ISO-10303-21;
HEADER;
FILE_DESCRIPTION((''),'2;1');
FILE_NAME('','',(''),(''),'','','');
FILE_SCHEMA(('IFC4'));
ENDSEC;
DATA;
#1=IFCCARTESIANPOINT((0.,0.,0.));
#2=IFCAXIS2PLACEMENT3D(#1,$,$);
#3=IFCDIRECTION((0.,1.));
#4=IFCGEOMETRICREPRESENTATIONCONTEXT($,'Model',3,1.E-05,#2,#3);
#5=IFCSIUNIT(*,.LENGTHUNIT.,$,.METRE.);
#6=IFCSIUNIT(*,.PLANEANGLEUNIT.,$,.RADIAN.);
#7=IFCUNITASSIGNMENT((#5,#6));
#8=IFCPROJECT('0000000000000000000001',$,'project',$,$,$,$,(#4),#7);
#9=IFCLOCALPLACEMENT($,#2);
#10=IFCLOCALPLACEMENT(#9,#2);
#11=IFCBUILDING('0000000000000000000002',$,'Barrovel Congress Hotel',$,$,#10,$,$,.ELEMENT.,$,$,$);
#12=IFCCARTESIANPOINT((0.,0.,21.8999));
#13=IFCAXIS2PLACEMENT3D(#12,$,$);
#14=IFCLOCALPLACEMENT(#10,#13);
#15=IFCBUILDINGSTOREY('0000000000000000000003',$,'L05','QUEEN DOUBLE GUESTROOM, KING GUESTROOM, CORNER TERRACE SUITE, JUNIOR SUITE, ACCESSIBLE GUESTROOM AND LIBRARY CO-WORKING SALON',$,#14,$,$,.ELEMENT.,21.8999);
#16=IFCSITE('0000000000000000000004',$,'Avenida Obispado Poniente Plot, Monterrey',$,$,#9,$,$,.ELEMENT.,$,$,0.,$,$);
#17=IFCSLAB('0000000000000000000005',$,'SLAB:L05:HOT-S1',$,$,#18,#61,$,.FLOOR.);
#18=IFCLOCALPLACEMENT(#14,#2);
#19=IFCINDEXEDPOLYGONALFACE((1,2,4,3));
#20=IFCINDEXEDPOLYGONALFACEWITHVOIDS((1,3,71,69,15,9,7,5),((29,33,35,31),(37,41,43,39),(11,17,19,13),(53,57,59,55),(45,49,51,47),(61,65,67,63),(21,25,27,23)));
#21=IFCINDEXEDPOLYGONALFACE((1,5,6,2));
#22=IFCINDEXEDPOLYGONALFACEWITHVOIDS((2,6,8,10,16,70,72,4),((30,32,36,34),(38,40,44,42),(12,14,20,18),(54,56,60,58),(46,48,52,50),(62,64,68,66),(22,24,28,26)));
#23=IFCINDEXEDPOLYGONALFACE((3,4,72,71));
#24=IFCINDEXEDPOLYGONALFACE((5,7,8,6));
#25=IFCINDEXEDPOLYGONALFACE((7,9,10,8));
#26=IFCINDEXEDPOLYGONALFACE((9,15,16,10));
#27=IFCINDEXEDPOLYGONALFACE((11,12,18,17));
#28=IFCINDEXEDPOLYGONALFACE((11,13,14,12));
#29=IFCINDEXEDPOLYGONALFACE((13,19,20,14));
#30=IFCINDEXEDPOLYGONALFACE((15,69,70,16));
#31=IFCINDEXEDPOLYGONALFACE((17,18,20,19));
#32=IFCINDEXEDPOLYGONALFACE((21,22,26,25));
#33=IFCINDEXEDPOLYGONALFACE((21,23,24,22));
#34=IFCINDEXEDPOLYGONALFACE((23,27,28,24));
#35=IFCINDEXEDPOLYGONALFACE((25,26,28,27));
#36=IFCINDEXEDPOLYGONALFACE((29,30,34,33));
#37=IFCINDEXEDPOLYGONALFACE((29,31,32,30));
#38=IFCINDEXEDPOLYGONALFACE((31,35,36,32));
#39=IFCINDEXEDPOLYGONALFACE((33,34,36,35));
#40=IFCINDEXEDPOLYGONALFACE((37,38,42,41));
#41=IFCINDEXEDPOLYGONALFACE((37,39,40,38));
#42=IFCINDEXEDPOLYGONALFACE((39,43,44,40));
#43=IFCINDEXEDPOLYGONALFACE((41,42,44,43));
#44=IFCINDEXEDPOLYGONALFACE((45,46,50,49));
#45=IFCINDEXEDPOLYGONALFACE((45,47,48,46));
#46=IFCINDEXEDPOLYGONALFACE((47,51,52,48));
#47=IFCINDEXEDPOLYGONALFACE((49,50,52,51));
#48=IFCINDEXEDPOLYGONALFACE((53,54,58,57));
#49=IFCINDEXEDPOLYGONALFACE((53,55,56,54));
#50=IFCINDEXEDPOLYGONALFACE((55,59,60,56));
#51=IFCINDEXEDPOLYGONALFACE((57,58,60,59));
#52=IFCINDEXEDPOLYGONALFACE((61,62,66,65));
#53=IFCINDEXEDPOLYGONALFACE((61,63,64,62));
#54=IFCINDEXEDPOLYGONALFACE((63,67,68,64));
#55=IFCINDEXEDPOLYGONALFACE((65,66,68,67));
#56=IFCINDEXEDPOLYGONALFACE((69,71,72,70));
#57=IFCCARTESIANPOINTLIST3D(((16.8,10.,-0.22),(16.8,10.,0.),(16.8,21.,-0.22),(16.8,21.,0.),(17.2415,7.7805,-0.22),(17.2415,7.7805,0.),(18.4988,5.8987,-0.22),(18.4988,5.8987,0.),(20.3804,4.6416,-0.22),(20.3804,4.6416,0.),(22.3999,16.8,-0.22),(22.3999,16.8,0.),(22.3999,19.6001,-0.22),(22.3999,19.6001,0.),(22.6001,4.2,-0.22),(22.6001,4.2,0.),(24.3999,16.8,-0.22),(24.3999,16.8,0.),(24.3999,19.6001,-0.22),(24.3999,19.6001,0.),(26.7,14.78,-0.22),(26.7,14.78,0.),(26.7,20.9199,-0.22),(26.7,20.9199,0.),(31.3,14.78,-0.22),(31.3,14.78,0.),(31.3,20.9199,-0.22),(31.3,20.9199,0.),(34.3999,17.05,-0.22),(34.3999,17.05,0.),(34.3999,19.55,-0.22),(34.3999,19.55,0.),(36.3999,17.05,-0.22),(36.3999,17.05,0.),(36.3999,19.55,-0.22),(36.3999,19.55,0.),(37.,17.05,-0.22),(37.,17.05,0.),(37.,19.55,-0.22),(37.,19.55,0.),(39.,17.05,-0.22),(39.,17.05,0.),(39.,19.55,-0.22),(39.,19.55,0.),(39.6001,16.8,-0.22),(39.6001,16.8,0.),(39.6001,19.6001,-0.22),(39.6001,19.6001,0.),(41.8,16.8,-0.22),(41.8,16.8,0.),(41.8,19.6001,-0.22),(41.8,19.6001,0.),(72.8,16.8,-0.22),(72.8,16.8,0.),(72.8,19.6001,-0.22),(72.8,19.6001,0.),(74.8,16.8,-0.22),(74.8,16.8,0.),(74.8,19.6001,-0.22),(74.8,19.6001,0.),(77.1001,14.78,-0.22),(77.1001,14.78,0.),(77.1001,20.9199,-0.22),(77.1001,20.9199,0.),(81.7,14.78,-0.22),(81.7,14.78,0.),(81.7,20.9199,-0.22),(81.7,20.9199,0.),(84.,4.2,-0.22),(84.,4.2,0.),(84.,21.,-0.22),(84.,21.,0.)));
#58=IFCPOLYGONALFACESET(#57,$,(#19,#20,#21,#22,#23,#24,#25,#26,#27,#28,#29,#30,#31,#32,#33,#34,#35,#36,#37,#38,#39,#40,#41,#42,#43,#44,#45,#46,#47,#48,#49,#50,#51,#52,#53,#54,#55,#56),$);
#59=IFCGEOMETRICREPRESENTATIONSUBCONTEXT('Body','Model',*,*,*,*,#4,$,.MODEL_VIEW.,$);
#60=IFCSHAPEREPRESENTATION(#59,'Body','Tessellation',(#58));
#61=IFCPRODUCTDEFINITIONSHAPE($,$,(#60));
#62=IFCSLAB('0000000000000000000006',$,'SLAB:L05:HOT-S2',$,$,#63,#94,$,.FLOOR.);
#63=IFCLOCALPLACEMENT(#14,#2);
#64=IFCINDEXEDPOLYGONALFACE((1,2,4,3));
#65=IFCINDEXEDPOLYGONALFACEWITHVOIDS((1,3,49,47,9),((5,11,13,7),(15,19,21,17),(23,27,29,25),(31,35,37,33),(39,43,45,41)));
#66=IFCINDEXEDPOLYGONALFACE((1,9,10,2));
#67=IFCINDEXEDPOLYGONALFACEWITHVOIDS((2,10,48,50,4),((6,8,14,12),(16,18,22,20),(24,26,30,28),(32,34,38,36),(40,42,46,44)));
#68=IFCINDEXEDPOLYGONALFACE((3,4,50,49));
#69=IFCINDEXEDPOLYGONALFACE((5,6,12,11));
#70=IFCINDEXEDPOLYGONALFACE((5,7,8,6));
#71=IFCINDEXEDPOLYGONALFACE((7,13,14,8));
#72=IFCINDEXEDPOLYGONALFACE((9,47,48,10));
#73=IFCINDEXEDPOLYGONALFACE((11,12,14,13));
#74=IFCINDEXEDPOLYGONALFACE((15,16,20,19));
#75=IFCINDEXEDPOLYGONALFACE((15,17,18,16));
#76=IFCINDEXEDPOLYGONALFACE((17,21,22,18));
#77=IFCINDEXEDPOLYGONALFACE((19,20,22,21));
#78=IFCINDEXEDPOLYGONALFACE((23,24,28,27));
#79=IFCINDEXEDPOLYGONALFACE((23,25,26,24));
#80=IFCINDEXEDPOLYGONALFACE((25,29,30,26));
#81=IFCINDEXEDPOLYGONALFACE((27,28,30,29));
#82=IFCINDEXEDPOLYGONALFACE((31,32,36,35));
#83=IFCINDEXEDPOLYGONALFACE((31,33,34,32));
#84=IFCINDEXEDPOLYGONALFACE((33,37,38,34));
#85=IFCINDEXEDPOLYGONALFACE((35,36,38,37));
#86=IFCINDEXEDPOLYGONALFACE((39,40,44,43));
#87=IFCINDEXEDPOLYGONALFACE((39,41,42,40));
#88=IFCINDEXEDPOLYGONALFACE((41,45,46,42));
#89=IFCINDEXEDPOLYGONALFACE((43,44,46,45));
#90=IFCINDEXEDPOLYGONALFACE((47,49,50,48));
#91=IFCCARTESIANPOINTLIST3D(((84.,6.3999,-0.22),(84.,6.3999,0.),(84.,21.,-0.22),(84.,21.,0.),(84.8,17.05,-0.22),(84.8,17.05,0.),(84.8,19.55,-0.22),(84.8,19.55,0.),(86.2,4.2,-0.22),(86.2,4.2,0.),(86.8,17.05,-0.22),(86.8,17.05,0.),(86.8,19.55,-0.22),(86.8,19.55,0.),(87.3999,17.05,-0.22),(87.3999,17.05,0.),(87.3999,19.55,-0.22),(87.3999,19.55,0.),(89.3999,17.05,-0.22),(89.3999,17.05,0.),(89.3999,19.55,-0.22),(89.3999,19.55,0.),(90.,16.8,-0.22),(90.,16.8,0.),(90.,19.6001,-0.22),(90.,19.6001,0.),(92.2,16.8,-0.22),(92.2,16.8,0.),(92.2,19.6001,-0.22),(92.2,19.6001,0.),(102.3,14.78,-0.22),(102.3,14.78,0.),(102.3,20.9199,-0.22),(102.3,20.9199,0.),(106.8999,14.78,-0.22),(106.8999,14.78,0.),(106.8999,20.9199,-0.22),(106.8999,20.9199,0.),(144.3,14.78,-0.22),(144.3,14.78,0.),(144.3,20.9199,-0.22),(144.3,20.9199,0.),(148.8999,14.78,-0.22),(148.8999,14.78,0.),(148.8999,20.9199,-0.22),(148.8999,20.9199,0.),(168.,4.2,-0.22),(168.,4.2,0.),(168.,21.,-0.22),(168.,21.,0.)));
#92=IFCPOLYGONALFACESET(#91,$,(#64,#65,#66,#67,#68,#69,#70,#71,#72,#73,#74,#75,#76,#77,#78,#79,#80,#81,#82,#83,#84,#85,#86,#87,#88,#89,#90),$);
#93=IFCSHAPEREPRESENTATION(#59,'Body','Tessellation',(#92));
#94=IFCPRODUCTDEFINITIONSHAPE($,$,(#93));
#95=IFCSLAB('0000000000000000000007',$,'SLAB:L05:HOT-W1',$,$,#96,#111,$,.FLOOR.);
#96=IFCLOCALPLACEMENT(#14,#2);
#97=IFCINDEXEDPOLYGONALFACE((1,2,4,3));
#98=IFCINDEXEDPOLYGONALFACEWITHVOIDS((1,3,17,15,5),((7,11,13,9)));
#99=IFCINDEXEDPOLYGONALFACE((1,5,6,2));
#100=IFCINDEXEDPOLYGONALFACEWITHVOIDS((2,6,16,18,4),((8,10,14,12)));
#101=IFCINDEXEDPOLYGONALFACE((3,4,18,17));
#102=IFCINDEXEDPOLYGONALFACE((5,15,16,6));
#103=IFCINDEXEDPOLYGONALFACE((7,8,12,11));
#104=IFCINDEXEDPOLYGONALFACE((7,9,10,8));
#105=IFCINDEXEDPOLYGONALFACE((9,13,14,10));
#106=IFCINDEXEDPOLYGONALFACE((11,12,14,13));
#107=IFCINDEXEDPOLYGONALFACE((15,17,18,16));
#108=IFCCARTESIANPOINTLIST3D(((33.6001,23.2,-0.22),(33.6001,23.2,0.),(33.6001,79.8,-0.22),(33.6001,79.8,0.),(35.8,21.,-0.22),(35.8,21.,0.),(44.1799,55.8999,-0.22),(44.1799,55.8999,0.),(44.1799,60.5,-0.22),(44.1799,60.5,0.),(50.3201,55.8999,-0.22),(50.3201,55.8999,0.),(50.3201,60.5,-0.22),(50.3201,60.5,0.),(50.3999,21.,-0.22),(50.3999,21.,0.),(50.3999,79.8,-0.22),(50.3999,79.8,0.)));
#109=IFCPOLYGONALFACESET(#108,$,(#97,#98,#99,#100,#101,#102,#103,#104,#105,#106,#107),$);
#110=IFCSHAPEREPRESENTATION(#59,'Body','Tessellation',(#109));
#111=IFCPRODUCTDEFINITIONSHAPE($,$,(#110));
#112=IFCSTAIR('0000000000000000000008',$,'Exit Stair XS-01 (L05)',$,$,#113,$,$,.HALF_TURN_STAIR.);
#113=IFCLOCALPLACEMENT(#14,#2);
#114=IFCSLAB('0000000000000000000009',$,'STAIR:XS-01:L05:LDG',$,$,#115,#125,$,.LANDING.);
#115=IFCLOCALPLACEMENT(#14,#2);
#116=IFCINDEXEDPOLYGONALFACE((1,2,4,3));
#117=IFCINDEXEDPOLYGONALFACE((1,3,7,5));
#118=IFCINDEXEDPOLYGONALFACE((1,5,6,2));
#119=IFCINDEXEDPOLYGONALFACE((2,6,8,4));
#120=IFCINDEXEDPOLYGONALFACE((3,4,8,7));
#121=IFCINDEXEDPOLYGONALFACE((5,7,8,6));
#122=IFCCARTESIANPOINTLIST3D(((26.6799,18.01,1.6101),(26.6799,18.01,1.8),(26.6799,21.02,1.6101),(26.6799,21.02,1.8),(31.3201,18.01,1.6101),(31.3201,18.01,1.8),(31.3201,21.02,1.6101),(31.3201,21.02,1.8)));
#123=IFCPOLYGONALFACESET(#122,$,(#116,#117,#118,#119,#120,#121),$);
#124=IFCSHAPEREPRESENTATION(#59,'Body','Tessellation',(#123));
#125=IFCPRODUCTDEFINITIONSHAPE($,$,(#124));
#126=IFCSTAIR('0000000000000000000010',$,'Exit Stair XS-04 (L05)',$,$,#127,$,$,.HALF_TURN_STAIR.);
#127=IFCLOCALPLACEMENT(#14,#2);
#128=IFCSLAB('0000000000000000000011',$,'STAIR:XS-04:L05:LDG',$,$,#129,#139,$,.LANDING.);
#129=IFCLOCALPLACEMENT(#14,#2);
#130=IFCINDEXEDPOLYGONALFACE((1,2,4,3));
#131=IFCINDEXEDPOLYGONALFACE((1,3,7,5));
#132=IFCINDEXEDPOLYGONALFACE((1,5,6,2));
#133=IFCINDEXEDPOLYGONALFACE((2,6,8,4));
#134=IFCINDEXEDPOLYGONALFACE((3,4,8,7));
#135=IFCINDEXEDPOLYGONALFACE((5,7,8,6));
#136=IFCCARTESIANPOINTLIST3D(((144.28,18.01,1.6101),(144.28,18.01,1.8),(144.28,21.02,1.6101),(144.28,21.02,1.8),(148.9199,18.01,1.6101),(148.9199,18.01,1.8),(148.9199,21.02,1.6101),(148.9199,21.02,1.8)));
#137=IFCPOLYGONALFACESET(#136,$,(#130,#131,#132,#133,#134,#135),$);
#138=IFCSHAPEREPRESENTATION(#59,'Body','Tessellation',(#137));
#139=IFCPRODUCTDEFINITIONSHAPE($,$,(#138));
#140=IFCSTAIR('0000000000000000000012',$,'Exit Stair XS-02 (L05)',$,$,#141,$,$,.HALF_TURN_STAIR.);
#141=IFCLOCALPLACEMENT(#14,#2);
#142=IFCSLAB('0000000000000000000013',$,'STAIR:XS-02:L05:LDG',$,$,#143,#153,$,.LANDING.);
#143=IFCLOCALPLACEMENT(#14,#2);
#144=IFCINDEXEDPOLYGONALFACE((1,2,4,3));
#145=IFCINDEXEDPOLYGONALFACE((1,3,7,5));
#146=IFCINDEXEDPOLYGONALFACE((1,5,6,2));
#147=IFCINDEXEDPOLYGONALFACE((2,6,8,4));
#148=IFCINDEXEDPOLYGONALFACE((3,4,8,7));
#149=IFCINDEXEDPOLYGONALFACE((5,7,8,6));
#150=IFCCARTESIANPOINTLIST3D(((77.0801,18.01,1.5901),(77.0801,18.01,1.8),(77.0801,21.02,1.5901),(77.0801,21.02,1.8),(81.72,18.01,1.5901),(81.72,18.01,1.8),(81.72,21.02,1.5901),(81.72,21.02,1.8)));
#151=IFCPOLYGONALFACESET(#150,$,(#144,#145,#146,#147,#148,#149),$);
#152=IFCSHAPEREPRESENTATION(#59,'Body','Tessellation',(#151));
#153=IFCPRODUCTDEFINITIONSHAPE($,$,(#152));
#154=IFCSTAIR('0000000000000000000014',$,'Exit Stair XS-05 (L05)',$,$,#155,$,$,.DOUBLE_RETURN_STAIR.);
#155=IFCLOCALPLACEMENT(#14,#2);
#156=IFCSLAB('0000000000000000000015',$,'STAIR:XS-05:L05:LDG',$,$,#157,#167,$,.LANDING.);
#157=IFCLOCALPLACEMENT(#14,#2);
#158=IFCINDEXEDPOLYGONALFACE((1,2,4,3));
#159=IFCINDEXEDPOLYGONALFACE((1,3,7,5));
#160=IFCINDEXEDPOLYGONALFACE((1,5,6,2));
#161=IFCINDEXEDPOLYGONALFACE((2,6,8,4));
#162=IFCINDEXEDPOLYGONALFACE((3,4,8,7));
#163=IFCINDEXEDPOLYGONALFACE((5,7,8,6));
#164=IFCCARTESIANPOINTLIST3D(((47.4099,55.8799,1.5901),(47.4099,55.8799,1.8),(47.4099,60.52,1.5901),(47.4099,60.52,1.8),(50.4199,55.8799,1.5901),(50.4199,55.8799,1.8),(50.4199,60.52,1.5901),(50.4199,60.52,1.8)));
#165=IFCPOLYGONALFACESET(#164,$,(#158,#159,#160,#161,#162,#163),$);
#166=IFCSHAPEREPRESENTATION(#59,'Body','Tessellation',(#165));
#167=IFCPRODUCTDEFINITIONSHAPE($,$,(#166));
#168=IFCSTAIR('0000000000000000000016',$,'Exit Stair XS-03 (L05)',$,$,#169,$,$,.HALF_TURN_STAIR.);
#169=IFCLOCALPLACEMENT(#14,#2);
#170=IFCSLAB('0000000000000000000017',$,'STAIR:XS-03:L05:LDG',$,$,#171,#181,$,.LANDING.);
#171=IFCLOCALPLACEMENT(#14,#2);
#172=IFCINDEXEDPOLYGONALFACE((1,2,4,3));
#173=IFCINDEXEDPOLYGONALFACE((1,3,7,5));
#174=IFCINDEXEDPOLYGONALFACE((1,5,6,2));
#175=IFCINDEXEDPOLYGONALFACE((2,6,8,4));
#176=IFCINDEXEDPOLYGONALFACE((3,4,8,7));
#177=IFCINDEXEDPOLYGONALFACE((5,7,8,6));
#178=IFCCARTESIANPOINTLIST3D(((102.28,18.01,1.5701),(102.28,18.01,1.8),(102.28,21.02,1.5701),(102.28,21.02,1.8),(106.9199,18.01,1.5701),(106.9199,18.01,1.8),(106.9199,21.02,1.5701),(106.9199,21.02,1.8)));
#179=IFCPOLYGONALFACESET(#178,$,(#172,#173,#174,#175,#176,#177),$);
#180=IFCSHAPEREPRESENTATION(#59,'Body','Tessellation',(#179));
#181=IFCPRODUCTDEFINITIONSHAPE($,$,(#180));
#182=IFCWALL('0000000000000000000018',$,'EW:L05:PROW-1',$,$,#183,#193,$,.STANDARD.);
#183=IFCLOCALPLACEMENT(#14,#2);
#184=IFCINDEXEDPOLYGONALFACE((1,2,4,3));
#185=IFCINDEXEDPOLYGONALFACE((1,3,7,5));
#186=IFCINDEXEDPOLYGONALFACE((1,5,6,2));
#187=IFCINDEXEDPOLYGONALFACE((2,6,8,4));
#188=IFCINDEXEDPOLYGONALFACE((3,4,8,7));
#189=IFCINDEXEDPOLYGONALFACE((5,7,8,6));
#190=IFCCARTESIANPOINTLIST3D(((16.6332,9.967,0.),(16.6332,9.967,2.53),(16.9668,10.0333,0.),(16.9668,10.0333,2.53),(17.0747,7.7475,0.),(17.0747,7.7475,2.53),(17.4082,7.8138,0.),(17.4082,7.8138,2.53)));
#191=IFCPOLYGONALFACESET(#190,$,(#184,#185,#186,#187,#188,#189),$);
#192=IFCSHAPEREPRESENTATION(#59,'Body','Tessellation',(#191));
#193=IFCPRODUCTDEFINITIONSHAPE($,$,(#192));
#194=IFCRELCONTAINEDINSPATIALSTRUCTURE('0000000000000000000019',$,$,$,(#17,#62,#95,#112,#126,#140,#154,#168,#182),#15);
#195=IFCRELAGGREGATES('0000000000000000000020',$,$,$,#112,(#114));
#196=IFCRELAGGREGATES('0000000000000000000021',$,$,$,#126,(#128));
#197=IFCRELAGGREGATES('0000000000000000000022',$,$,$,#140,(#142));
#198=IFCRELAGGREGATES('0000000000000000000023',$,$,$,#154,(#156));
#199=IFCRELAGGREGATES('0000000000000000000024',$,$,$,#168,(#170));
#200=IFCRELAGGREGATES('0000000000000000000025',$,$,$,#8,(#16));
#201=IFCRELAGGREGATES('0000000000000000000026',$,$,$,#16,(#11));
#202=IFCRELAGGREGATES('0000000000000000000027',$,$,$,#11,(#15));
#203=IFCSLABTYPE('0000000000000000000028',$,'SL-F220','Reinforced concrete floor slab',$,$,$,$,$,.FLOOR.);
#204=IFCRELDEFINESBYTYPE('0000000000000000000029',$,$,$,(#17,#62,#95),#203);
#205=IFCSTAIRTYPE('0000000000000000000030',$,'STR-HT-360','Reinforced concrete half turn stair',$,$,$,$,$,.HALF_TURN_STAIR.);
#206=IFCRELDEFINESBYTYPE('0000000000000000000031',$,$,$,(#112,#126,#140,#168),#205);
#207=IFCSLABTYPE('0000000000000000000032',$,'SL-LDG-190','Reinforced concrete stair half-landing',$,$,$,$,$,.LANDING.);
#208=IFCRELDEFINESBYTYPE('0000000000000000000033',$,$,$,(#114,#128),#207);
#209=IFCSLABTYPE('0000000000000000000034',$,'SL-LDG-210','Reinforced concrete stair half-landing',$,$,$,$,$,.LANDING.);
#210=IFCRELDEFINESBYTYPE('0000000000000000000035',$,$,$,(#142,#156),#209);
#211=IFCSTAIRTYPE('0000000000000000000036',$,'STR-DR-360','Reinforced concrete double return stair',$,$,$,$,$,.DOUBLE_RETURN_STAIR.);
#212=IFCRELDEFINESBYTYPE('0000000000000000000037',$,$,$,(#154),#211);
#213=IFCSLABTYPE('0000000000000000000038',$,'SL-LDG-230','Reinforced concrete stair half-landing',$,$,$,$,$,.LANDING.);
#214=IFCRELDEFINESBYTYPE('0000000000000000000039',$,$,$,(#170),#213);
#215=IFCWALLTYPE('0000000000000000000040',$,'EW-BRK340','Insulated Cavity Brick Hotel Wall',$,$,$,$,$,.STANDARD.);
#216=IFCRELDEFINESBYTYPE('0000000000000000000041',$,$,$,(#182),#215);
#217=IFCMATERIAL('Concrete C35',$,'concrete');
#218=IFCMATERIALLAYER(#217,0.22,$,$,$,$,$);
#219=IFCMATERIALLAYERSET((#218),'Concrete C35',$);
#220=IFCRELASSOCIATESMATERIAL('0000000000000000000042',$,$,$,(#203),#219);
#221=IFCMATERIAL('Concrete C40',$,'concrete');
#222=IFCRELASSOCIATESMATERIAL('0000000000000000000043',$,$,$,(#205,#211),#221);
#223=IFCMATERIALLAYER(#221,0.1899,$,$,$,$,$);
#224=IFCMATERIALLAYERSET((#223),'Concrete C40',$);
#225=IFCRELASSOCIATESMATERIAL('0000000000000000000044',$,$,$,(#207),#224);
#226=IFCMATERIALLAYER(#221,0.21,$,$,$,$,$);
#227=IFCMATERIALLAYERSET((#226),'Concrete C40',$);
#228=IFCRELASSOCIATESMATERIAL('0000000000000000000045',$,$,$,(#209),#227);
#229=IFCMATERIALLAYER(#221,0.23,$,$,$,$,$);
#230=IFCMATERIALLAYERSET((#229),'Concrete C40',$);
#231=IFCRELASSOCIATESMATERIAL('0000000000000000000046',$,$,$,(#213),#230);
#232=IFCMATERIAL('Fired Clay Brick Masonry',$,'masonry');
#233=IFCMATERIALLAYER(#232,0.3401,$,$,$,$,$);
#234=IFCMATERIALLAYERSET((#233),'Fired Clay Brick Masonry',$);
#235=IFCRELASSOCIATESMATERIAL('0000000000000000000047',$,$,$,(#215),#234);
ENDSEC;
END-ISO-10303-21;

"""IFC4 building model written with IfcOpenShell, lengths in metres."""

from ifc_helpers import new_model, si_unit, direction, frame, frame_2d, origin, place, context, subcontext, project, spatial, polyline, rectangle, outline, extrude, material, layer, layer_set, type_object, element, aggregate, save


model = new_model("IFC4")

# Units and contexts
model_context = context("Model", 3, precision=1e-05, world=origin(), true_north=direction((0.0, 1.0)))
body_context = subcontext(model_context, "Body", "Model", "MODEL_VIEW")
ifc_project = project(units=[si_unit("LENGTHUNIT", "METRE"), si_unit("PLANEANGLEUNIT", "RADIAN")], contexts=[model_context])

# Site, building, storey
site_placement = place(None, origin())
site = spatial("IfcSite", under=ifc_project, at=site_placement, Name="Avenida Obispado Poniente Plot, Monterrey", CompositionType="ELEMENT", RefElevation=0.0)
building_placement = place(site_placement, origin())
building = spatial("IfcBuilding", under=site, at=building_placement, Name="Barrovel Congress Hotel", CompositionType="ELEMENT")
storey_placement = place(building_placement, frame((0.0, 0.0, 21.8999)))
storey = spatial("IfcBuildingStorey", under=building, at=storey_placement, Name="L05", Description="QUEEN DOUBLE GUESTROOM, KING GUESTROOM, CORNER TERRACE SUITE, JUNIOR SUITE, ACCESSIBLE GUESTROOM AND LIBRARY CO-WORKING SALON", CompositionType="ELEMENT", Elevation=21.8999)

# Shared definitions
ifc_material_1 = material(Name="Concrete C40", Category="concrete")

# Slabs
ifc_material_2 = material(Name="Concrete C35", Category="concrete")
ifc_layer_1 = layer(ifc_material_2, 0.22)
ifc_layer_set_1 = layer_set([ifc_layer_1], Name="Concrete C35")
slab_type_1 = type_object("IfcSlabType", Name="SL-F220", Description="Reinforced concrete floor slab", PredefinedType="FLOOR", material=ifc_layer_set_1)
slab_1_placement = place(storey_placement, frame((0.0, 0.0, -0.22)))
element("IfcSlab", 1, at=slab_1_placement, inside=storey, type_object=slab_type_1, Name="SLAB:L05:HOT-S1", PredefinedType="FLOOR", context=body_context, shape_type="SweptSolid", body=[
    extrude(outline(polyline([(16.8, 10.0), (17.2415, 7.7805), (18.4988, 5.8987), (20.3804, 4.6416), (22.6001, 4.2), (84.0, 4.2), (84.0, 21.0), (16.8, 21.0), (16.8, 10.0)]), holes=[polyline([(26.7, 14.78), (26.7, 20.9199), (31.3, 20.9199), (31.3, 14.78), (26.7, 14.78)]), polyline([(77.1001, 14.78), (77.1001, 20.9199), (81.7, 20.9199), (81.7, 14.78), (77.1001, 14.78)]), polyline([(22.3999, 16.8), (22.3999, 19.6001), (24.3999, 19.6001), (24.3999, 16.8), (22.3999, 16.8)]), polyline([(72.8, 16.8), (72.8, 19.6001), (74.8, 19.6001), (74.8, 16.8), (72.8, 16.8)]), polyline([(34.3999, 17.05), (34.3999, 19.55), (36.3999, 19.55), (36.3999, 17.05), (34.3999, 17.05)]), polyline([(37.0, 17.05), (37.0, 19.55), (39.0, 19.55), (39.0, 17.05), (37.0, 17.05)]), polyline([(39.6001, 16.8), (39.6001, 19.6001), (41.8, 19.6001), (41.8, 16.8), (39.6001, 16.8)])]), origin(), (0.0, 0.0, 1.0), 0.22),
])
slab_2_placement = place(storey_placement, frame((0.0, 0.0, -0.22)))
element("IfcSlab", 2, at=slab_2_placement, inside=storey, type_object=slab_type_1, Name="SLAB:L05:HOT-S2", PredefinedType="FLOOR", context=body_context, shape_type="SweptSolid", body=[
    extrude(outline(polyline([(86.2, 4.2), (168.0, 4.2), (168.0, 21.0), (84.0, 21.0), (84.0, 6.3999), (86.2, 4.2)]), holes=[polyline([(102.3, 14.78), (102.3, 20.9199), (106.8999, 20.9199), (106.8999, 14.78), (102.3, 14.78)]), polyline([(144.3, 14.78), (144.3, 20.9199), (148.8999, 20.9199), (148.8999, 14.78), (144.3, 14.78)]), polyline([(84.8, 17.05), (84.8, 19.55), (86.8, 19.55), (86.8, 17.05), (84.8, 17.05)]), polyline([(87.3999, 17.05), (87.3999, 19.55), (89.3999, 19.55), (89.3999, 17.05), (87.3999, 17.05)]), polyline([(90.0, 16.8), (90.0, 19.6001), (92.2, 19.6001), (92.2, 16.8), (90.0, 16.8)])]), origin(), (0.0, 0.0, 1.0), 0.22),
])
slab_3_placement = place(storey_placement, frame((0.0, 0.0, -0.22)))
element("IfcSlab", 3, at=slab_3_placement, inside=storey, type_object=slab_type_1, Name="SLAB:L05:HOT-W1", PredefinedType="FLOOR", context=body_context, shape_type="SweptSolid", body=[
    extrude(outline(polyline([(35.8, 21.0), (50.3999, 21.0), (50.3999, 79.8), (33.6001, 79.8), (33.6001, 23.2), (35.8, 21.0)]), holes=[polyline([(44.1799, 55.8999), (44.1799, 60.5), (50.3201, 60.5), (50.3201, 55.8999), (44.1799, 55.8999)])]), origin(), (0.0, 0.0, 1.0), 0.22),
])

# Stairs, slabs
stair_type_1 = type_object("IfcStairType", Name="STR-HT-360", Description="Reinforced concrete half turn stair", PredefinedType="HALF_TURN_STAIR", material=ifc_material_1)
stair_1_placement = place(storey_placement, origin())
stair_1 = element("IfcStair", 4, at=stair_1_placement, inside=storey, type_object=stair_type_1, Name="Exit Stair XS-01 (L05)", PredefinedType="HALF_TURN_STAIR")
ifc_layer_2 = layer(ifc_material_1, 0.1899)
ifc_layer_set_2 = layer_set([ifc_layer_2], Name="Concrete C40")
slab_type_2 = type_object("IfcSlabType", Name="SL-LDG-190", Description="Reinforced concrete stair half-landing", PredefinedType="LANDING", material=ifc_layer_set_2)
slab_4_placement = place(storey_placement, frame((0.0, 0.0, 1.6101)))
slab_4 = element("IfcSlab", 5, at=slab_4_placement, type_object=slab_type_2, Name="STAIR:XS-01:L05:LDG", PredefinedType="LANDING", context=body_context, shape_type="SweptSolid", body=[
    extrude(outline(polyline([(26.6799, 18.01), (31.3201, 18.01), (31.3201, 21.02), (26.6799, 21.02), (26.6799, 18.01)])), origin(), (0.0, 0.0, 1.0), 0.1899),
])
aggregate(stair_1, [slab_4])
stair_2_placement = place(storey_placement, origin())
stair_2 = element("IfcStair", 6, at=stair_2_placement, inside=storey, type_object=stair_type_1, Name="Exit Stair XS-04 (L05)", PredefinedType="HALF_TURN_STAIR")
slab_5_placement = place(storey_placement, frame((0.0, 0.0, 1.6101)))
slab_5 = element("IfcSlab", 7, at=slab_5_placement, type_object=slab_type_2, Name="STAIR:XS-04:L05:LDG", PredefinedType="LANDING", context=body_context, shape_type="SweptSolid", body=[
    extrude(outline(polyline([(144.28, 18.01), (148.9199, 18.01), (148.9199, 21.02), (144.28, 21.02), (144.28, 18.01)])), origin(), (0.0, 0.0, 1.0), 0.1899),
])
aggregate(stair_2, [slab_5])
stair_3_placement = place(storey_placement, origin())
stair_3 = element("IfcStair", 8, at=stair_3_placement, inside=storey, type_object=stair_type_1, Name="Exit Stair XS-02 (L05)", PredefinedType="HALF_TURN_STAIR")
ifc_layer_3 = layer(ifc_material_1, 0.21)
ifc_layer_set_3 = layer_set([ifc_layer_3], Name="Concrete C40")
slab_type_3 = type_object("IfcSlabType", Name="SL-LDG-210", Description="Reinforced concrete stair half-landing", PredefinedType="LANDING", material=ifc_layer_set_3)
slab_6_placement = place(storey_placement, frame((0.0, 0.0, 1.5901)))
slab_6 = element("IfcSlab", 9, at=slab_6_placement, type_object=slab_type_3, Name="STAIR:XS-02:L05:LDG", PredefinedType="LANDING", context=body_context, shape_type="SweptSolid", body=[
    extrude(outline(polyline([(77.0801, 18.01), (81.72, 18.01), (81.72, 21.02), (77.0801, 21.02), (77.0801, 18.01)])), origin(), (0.0, 0.0, 1.0), 0.21),
])
aggregate(stair_3, [slab_6])
stair_type_2 = type_object("IfcStairType", Name="STR-DR-360", Description="Reinforced concrete double return stair", PredefinedType="DOUBLE_RETURN_STAIR", material=ifc_material_1)
stair_4_placement = place(storey_placement, origin())
stair_4 = element("IfcStair", 10, at=stair_4_placement, inside=storey, type_object=stair_type_2, Name="Exit Stair XS-05 (L05)", PredefinedType="DOUBLE_RETURN_STAIR")
slab_7_placement = place(storey_placement, frame((0.0, 0.0, 1.5901)))
slab_7 = element("IfcSlab", 11, at=slab_7_placement, type_object=slab_type_3, Name="STAIR:XS-05:L05:LDG", PredefinedType="LANDING", context=body_context, shape_type="SweptSolid", body=[
    extrude(outline(polyline([(47.4099, 55.8799), (50.4199, 55.8799), (50.4199, 60.52), (47.4099, 60.52), (47.4099, 55.8799)])), origin(), (0.0, 0.0, 1.0), 0.21),
])
aggregate(stair_4, [slab_7])
stair_5_placement = place(storey_placement, origin())
stair_5 = element("IfcStair", 12, at=stair_5_placement, inside=storey, type_object=stair_type_1, Name="Exit Stair XS-03 (L05)", PredefinedType="HALF_TURN_STAIR")
ifc_layer_4 = layer(ifc_material_1, 0.23)
ifc_layer_set_4 = layer_set([ifc_layer_4], Name="Concrete C40")
slab_type_4 = type_object("IfcSlabType", Name="SL-LDG-230", Description="Reinforced concrete stair half-landing", PredefinedType="LANDING", material=ifc_layer_set_4)
slab_8_placement = place(storey_placement, frame((0.0, 0.0, 1.5701)))
slab_8 = element("IfcSlab", 13, at=slab_8_placement, type_object=slab_type_4, Name="STAIR:XS-03:L05:LDG", PredefinedType="LANDING", context=body_context, shape_type="SweptSolid", body=[
    extrude(outline(polyline([(102.28, 18.01), (106.9199, 18.01), (106.9199, 21.02), (102.28, 21.02), (102.28, 18.01)])), origin(), (0.0, 0.0, 1.0), 0.23),
])
aggregate(stair_5, [slab_8])

# Wall
ifc_material_3 = material(Name="Fired Clay Brick Masonry", Category="masonry")
ifc_layer_5 = layer(ifc_material_3, 0.3401)
ifc_layer_set_5 = layer_set([ifc_layer_5], Name="Fired Clay Brick Masonry")
wall_type_1 = type_object("IfcWallType", Name="EW-BRK340", Description="Insulated Cavity Brick Hotel Wall", PredefinedType="STANDARD", material=ifc_layer_set_5)
wall_1_placement = place(storey_placement, frame((16.8, 10.0, 0.0), z_axis=(0.0, 0.0, 1.0), x_axis=(0.195058, -0.980792, 0.0)))
element("IfcWall", 14, at=wall_1_placement, inside=storey, type_object=wall_type_1, Name="EW:L05:PROW-1", PredefinedType="STANDARD", context=body_context, shape_type="SweptSolid", body=[
    extrude(rectangle(XDim=2.2629, YDim=0.3401, at=frame_2d((1.1313, 0.0))), origin(), (0.0, 0.0, 1.0), 2.53),
])

save(model, "model.ifc")
